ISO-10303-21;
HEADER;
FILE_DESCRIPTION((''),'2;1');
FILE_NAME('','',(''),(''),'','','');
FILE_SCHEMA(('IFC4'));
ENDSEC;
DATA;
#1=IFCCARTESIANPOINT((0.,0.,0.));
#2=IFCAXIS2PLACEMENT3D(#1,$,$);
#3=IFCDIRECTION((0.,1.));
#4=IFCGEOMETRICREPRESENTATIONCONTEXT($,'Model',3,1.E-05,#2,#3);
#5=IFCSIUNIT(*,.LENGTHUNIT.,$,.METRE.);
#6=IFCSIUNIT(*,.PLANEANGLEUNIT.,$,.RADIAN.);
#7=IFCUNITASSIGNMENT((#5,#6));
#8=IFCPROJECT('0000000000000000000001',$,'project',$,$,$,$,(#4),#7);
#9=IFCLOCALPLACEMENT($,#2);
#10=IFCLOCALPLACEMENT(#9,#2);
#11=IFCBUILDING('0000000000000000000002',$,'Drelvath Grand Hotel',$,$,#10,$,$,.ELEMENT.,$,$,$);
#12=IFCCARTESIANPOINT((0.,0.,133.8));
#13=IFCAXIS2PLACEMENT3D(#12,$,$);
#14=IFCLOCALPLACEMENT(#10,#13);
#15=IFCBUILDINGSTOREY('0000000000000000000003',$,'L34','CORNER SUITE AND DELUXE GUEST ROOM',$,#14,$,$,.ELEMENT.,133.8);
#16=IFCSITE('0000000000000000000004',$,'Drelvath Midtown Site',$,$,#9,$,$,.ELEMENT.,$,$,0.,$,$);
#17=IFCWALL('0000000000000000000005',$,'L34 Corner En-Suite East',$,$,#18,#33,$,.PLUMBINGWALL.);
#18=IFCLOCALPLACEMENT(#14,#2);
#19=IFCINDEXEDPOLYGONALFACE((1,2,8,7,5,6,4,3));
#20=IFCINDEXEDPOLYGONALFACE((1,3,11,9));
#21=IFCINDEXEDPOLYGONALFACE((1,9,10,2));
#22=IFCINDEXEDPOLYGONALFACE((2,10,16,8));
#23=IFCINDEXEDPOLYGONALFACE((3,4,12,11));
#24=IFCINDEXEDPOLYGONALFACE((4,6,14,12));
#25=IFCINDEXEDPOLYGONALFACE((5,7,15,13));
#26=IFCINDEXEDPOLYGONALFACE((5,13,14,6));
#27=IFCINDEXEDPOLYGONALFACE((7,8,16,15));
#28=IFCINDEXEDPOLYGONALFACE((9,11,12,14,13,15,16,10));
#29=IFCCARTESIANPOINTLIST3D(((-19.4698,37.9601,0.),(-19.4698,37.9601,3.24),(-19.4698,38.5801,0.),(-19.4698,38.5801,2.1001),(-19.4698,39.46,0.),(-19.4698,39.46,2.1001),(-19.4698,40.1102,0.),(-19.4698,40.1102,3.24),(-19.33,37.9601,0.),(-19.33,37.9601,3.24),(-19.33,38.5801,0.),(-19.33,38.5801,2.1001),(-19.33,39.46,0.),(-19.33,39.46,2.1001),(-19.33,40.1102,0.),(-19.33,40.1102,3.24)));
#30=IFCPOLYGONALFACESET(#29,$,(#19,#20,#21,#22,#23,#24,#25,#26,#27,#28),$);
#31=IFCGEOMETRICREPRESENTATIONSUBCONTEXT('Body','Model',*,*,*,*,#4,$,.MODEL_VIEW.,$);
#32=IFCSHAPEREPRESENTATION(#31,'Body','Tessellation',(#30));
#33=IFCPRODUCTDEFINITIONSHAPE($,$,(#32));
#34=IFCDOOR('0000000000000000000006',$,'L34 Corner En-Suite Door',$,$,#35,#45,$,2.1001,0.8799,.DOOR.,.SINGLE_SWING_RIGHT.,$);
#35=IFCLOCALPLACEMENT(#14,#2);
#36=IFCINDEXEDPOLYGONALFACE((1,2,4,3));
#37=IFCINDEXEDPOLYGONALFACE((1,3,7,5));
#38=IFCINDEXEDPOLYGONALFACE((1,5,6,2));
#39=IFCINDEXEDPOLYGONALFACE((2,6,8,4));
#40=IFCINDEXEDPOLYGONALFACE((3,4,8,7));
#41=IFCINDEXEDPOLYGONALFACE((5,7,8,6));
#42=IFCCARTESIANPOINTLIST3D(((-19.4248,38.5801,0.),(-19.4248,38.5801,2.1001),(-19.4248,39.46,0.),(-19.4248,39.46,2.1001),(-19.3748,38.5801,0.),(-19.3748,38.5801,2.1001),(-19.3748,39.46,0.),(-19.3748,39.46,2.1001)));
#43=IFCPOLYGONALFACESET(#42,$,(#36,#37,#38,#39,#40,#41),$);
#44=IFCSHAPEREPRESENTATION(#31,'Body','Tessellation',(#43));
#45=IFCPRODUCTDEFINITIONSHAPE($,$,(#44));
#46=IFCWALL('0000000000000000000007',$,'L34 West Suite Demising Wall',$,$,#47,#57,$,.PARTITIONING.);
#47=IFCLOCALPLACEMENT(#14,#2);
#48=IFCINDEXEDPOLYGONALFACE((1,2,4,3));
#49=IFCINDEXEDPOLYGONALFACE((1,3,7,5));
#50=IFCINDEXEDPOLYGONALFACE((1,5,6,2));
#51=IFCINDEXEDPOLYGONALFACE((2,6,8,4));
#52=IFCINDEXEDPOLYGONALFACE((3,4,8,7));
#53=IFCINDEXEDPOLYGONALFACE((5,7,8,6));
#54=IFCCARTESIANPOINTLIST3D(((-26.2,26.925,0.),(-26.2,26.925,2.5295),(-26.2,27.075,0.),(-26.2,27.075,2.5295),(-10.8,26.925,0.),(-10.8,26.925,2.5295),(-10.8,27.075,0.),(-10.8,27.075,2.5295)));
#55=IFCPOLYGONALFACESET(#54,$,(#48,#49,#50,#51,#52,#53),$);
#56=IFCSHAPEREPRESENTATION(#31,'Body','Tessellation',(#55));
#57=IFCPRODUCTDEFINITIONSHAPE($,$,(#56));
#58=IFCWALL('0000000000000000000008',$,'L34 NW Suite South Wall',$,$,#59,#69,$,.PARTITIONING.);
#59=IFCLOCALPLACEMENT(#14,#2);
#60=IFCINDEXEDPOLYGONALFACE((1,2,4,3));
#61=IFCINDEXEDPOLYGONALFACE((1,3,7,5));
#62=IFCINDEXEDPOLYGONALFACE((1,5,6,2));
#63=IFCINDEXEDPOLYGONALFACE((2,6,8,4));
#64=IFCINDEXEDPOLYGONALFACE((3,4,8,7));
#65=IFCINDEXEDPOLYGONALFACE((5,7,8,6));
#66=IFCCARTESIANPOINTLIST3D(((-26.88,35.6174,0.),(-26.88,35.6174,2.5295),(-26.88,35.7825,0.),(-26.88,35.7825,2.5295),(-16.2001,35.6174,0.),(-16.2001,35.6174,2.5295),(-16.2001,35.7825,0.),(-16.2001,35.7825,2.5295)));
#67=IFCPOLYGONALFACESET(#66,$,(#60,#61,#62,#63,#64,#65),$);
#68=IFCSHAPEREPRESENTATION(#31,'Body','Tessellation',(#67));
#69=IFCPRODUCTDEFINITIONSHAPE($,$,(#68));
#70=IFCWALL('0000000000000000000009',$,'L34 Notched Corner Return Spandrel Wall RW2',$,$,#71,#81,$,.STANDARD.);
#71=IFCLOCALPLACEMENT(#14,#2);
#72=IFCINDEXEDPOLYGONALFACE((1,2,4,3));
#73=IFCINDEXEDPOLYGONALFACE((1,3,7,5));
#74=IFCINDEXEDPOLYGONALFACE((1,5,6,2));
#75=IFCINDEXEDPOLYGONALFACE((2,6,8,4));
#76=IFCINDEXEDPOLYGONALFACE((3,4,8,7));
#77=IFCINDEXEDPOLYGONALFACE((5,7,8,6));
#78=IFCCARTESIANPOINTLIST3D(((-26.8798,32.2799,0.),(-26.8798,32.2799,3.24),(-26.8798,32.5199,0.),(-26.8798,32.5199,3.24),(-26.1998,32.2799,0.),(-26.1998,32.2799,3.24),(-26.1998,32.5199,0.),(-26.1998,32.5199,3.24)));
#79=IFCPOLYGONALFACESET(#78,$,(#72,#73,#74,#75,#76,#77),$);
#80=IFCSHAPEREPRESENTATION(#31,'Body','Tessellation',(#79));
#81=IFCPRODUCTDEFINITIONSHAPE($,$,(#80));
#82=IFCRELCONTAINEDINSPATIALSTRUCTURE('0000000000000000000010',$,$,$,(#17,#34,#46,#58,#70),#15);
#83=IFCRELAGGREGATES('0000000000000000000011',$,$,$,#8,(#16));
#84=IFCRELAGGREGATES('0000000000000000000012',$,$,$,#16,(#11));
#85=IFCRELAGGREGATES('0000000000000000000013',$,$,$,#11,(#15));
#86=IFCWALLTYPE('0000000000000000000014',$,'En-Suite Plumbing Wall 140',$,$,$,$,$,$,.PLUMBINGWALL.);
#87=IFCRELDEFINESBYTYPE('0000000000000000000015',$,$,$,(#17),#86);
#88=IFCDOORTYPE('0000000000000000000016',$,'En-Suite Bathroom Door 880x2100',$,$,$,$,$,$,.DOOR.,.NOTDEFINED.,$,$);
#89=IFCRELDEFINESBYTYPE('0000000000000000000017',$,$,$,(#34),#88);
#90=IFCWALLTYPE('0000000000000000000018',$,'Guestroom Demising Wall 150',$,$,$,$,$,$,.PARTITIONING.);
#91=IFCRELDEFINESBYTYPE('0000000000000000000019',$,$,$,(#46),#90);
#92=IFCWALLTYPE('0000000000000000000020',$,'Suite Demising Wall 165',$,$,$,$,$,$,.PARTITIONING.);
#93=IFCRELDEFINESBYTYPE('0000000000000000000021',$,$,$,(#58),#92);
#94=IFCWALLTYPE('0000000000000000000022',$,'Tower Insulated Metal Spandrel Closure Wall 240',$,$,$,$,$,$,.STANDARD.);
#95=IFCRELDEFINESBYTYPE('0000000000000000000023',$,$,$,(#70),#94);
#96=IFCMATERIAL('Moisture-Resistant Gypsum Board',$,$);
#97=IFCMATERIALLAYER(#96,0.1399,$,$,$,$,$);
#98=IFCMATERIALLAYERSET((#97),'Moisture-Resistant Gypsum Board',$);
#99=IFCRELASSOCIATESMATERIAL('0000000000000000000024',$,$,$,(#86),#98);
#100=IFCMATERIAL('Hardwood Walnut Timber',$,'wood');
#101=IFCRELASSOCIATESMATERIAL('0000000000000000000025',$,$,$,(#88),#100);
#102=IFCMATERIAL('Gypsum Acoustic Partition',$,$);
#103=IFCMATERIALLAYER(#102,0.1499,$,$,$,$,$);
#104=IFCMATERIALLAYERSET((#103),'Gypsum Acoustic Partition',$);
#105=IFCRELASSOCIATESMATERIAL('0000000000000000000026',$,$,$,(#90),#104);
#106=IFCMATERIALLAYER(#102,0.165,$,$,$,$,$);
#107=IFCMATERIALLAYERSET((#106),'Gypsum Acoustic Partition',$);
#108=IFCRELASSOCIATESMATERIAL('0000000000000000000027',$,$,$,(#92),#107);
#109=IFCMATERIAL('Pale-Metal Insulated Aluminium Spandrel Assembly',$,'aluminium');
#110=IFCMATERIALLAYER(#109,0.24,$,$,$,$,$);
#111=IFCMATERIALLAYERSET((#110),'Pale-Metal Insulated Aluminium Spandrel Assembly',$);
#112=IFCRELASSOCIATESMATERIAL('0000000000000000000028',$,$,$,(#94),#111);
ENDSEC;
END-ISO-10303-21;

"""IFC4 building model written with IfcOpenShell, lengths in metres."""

from ifc_helpers import new_model, si_unit, direction, frame, frame_2d, origin, place, context, subcontext, project, spatial, rectangle, extrude, material, layer, layer_set, type_object, element, fill, save


model = new_model("IFC4")

# Units and contexts
model_context = context("Model", 3, precision=1e-05, world=origin(), true_north=direction((0.0, 1.0)))
body_context = subcontext(model_context, "Body", "Model", "MODEL_VIEW")
ifc_project = project(units=[si_unit("LENGTHUNIT", "METRE"), si_unit("PLANEANGLEUNIT", "RADIAN")], contexts=[model_context])

# Site, building, storey
site_placement = place(None, origin())
site = spatial("IfcSite", under=ifc_project, at=site_placement, Name="Drelvath Midtown Site", CompositionType="ELEMENT", RefElevation=0.0)
building_placement = place(site_placement, origin())
building = spatial("IfcBuilding", under=site, at=building_placement, Name="Drelvath Grand Hotel", CompositionType="ELEMENT")
storey_placement = place(building_placement, frame((0.0, 0.0, 133.8)))
storey = spatial("IfcBuildingStorey", under=building, at=storey_placement, Name="L34", Description="CORNER SUITE AND DELUXE GUEST ROOM", CompositionType="ELEMENT", Elevation=133.8)

# Shared definitions
ifc_material_1 = material(Name="Moisture-Resistant Gypsum Board")
ifc_layer_1 = layer(ifc_material_1, 0.1399)
ifc_layer_set_1 = layer_set([ifc_layer_1], Name="Moisture-Resistant Gypsum Board")
wall_type_1 = type_object("IfcWallType", Name="En-Suite Plumbing Wall 140", PredefinedType="PLUMBINGWALL", material=ifc_layer_set_1)

# Wall, opening, door
wall_1_placement = place(storey_placement, frame((-19.3999, 37.96, 0.0), z_axis=(0.0, 0.0, 1.0), x_axis=(0.0, 1.0, 0.0)))
wall_1 = element("IfcWall", 1, at=wall_1_placement, inside=storey, type_object=wall_type_1, Name="L34 Corner En-Suite East", PredefinedType="PLUMBINGWALL", context=body_context, shape_type="SweptSolid", body=[
    extrude(rectangle(XDim=2.1501, YDim=0.1399, at=frame_2d((1.0752, 0.0))), origin(), (0.0, 0.0, 1.0), 3.24),
])
opening_placement = place(wall_1_placement, frame((0.6201, 0.0, 0.0)))
opening = element("IfcOpeningElement", 2, at=opening_placement, cuts=wall_1, PredefinedType="OPENING", context=body_context, shape_type="SweptSolid", body=[
    extrude(rectangle(XDim=0.8799, YDim=2.1001, at=frame_2d((0.4399, 1.05))), frame((0.0, 0.0798, 0.0), z_axis=(0.0, -1.0, 0.0), x_axis=(1.0, 0.0, 0.0)), (0.0, 0.0, 1.0), 0.1599),
])
ifc_material_2 = material(Name="Hardwood Walnut Timber", Category="wood")
door_type = type_object("IfcDoorType", Name="En-Suite Bathroom Door 880x2100", OperationType="NOTDEFINED", PredefinedType="DOOR", material=ifc_material_2)
door_placement = place(opening_placement, origin())
door = element("IfcDoor", 3, at=door_placement, inside=storey, type_object=door_type, Name="L34 Corner En-Suite Door", OperationType="SINGLE_SWING_RIGHT", OverallHeight=2.1001, OverallWidth=0.8799, PredefinedType="DOOR", context=body_context, shape_type="SweptSolid", body=[
    extrude(rectangle(XDim=0.8799, YDim=2.1001, at=frame_2d((0.4399, 1.05))), frame((0.0, 0.0249, 0.0), z_axis=(0.0, -1.0, 0.0), x_axis=(1.0, 0.0, 0.0)), (0.0, 0.0, 1.0), 0.05),
])
fill(opening, door)

# Walls
ifc_material_3 = material(Name="Gypsum Acoustic Partition")
ifc_layer_2 = layer(ifc_material_3, 0.1499)
ifc_layer_set_2 = layer_set([ifc_layer_2], Name="Gypsum Acoustic Partition")
wall_type_2 = type_object("IfcWallType", Name="Guestroom Demising Wall 150", PredefinedType="PARTITIONING", material=ifc_layer_set_2)
wall_2_placement = place(storey_placement, frame((-26.2, 27.0, 0.0), z_axis=(0.0, 0.0, 1.0), x_axis=(1.0, 0.0, 0.0)))
element("IfcWall", 4, at=wall_2_placement, inside=storey, type_object=wall_type_2, Name="L34 West Suite Demising Wall", PredefinedType="PARTITIONING", context=body_context, shape_type="SweptSolid", body=[
    extrude(rectangle(XDim=15.3999, YDim=0.1499, at=frame_2d((7.7, 0.0))), origin(), (0.0, 0.0, 1.0), 2.5295),
])
ifc_layer_3 = layer(ifc_material_3, 0.165)
ifc_layer_set_3 = layer_set([ifc_layer_3], Name="Gypsum Acoustic Partition")
wall_type_3 = type_object("IfcWallType", Name="Suite Demising Wall 165", PredefinedType="PARTITIONING", material=ifc_layer_set_3)
wall_3_placement = place(storey_placement, frame((-26.8799, 35.7, 0.0), z_axis=(0.0, 0.0, 1.0), x_axis=(1.0, 0.0, 0.0)))
element("IfcWall", 5, at=wall_3_placement, inside=storey, type_object=wall_type_3, Name="L34 NW Suite South Wall", PredefinedType="PARTITIONING", context=body_context, shape_type="SweptSolid", body=[
    extrude(rectangle(XDim=10.6799, YDim=0.165, at=frame_2d((5.3398, 0.0))), origin(), (0.0, 0.0, 1.0), 2.5295),
])
ifc_material_4 = material(Name="Pale-Metal Insulated Aluminium Spandrel Assembly", Category="aluminium")
ifc_layer_4 = layer(ifc_material_4, 0.24)
ifc_layer_set_4 = layer_set([ifc_layer_4], Name="Pale-Metal Insulated Aluminium Spandrel Assembly")
wall_type_4 = type_object("IfcWallType", Name="Tower Insulated Metal Spandrel Closure Wall 240", PredefinedType="STANDARD", material=ifc_layer_set_4)
wall_4_placement = place(storey_placement, frame((-26.2, 32.3999, 0.0), z_axis=(0.0, 0.0, 1.0), x_axis=(-1.0, 0.0, 0.0)))
element("IfcWall", 6, at=wall_4_placement, inside=storey, type_object=wall_type_4, Name="L34 Notched Corner Return Spandrel Wall RW2", PredefinedType="STANDARD", context=body_context, shape_type="SweptSolid", body=[
    extrude(rectangle(XDim=0.6799, YDim=0.24, at=frame_2d((0.3398, 0.0))), origin(), (0.0, 0.0, 1.0), 3.24),
])

save(model, "model.ifc")
